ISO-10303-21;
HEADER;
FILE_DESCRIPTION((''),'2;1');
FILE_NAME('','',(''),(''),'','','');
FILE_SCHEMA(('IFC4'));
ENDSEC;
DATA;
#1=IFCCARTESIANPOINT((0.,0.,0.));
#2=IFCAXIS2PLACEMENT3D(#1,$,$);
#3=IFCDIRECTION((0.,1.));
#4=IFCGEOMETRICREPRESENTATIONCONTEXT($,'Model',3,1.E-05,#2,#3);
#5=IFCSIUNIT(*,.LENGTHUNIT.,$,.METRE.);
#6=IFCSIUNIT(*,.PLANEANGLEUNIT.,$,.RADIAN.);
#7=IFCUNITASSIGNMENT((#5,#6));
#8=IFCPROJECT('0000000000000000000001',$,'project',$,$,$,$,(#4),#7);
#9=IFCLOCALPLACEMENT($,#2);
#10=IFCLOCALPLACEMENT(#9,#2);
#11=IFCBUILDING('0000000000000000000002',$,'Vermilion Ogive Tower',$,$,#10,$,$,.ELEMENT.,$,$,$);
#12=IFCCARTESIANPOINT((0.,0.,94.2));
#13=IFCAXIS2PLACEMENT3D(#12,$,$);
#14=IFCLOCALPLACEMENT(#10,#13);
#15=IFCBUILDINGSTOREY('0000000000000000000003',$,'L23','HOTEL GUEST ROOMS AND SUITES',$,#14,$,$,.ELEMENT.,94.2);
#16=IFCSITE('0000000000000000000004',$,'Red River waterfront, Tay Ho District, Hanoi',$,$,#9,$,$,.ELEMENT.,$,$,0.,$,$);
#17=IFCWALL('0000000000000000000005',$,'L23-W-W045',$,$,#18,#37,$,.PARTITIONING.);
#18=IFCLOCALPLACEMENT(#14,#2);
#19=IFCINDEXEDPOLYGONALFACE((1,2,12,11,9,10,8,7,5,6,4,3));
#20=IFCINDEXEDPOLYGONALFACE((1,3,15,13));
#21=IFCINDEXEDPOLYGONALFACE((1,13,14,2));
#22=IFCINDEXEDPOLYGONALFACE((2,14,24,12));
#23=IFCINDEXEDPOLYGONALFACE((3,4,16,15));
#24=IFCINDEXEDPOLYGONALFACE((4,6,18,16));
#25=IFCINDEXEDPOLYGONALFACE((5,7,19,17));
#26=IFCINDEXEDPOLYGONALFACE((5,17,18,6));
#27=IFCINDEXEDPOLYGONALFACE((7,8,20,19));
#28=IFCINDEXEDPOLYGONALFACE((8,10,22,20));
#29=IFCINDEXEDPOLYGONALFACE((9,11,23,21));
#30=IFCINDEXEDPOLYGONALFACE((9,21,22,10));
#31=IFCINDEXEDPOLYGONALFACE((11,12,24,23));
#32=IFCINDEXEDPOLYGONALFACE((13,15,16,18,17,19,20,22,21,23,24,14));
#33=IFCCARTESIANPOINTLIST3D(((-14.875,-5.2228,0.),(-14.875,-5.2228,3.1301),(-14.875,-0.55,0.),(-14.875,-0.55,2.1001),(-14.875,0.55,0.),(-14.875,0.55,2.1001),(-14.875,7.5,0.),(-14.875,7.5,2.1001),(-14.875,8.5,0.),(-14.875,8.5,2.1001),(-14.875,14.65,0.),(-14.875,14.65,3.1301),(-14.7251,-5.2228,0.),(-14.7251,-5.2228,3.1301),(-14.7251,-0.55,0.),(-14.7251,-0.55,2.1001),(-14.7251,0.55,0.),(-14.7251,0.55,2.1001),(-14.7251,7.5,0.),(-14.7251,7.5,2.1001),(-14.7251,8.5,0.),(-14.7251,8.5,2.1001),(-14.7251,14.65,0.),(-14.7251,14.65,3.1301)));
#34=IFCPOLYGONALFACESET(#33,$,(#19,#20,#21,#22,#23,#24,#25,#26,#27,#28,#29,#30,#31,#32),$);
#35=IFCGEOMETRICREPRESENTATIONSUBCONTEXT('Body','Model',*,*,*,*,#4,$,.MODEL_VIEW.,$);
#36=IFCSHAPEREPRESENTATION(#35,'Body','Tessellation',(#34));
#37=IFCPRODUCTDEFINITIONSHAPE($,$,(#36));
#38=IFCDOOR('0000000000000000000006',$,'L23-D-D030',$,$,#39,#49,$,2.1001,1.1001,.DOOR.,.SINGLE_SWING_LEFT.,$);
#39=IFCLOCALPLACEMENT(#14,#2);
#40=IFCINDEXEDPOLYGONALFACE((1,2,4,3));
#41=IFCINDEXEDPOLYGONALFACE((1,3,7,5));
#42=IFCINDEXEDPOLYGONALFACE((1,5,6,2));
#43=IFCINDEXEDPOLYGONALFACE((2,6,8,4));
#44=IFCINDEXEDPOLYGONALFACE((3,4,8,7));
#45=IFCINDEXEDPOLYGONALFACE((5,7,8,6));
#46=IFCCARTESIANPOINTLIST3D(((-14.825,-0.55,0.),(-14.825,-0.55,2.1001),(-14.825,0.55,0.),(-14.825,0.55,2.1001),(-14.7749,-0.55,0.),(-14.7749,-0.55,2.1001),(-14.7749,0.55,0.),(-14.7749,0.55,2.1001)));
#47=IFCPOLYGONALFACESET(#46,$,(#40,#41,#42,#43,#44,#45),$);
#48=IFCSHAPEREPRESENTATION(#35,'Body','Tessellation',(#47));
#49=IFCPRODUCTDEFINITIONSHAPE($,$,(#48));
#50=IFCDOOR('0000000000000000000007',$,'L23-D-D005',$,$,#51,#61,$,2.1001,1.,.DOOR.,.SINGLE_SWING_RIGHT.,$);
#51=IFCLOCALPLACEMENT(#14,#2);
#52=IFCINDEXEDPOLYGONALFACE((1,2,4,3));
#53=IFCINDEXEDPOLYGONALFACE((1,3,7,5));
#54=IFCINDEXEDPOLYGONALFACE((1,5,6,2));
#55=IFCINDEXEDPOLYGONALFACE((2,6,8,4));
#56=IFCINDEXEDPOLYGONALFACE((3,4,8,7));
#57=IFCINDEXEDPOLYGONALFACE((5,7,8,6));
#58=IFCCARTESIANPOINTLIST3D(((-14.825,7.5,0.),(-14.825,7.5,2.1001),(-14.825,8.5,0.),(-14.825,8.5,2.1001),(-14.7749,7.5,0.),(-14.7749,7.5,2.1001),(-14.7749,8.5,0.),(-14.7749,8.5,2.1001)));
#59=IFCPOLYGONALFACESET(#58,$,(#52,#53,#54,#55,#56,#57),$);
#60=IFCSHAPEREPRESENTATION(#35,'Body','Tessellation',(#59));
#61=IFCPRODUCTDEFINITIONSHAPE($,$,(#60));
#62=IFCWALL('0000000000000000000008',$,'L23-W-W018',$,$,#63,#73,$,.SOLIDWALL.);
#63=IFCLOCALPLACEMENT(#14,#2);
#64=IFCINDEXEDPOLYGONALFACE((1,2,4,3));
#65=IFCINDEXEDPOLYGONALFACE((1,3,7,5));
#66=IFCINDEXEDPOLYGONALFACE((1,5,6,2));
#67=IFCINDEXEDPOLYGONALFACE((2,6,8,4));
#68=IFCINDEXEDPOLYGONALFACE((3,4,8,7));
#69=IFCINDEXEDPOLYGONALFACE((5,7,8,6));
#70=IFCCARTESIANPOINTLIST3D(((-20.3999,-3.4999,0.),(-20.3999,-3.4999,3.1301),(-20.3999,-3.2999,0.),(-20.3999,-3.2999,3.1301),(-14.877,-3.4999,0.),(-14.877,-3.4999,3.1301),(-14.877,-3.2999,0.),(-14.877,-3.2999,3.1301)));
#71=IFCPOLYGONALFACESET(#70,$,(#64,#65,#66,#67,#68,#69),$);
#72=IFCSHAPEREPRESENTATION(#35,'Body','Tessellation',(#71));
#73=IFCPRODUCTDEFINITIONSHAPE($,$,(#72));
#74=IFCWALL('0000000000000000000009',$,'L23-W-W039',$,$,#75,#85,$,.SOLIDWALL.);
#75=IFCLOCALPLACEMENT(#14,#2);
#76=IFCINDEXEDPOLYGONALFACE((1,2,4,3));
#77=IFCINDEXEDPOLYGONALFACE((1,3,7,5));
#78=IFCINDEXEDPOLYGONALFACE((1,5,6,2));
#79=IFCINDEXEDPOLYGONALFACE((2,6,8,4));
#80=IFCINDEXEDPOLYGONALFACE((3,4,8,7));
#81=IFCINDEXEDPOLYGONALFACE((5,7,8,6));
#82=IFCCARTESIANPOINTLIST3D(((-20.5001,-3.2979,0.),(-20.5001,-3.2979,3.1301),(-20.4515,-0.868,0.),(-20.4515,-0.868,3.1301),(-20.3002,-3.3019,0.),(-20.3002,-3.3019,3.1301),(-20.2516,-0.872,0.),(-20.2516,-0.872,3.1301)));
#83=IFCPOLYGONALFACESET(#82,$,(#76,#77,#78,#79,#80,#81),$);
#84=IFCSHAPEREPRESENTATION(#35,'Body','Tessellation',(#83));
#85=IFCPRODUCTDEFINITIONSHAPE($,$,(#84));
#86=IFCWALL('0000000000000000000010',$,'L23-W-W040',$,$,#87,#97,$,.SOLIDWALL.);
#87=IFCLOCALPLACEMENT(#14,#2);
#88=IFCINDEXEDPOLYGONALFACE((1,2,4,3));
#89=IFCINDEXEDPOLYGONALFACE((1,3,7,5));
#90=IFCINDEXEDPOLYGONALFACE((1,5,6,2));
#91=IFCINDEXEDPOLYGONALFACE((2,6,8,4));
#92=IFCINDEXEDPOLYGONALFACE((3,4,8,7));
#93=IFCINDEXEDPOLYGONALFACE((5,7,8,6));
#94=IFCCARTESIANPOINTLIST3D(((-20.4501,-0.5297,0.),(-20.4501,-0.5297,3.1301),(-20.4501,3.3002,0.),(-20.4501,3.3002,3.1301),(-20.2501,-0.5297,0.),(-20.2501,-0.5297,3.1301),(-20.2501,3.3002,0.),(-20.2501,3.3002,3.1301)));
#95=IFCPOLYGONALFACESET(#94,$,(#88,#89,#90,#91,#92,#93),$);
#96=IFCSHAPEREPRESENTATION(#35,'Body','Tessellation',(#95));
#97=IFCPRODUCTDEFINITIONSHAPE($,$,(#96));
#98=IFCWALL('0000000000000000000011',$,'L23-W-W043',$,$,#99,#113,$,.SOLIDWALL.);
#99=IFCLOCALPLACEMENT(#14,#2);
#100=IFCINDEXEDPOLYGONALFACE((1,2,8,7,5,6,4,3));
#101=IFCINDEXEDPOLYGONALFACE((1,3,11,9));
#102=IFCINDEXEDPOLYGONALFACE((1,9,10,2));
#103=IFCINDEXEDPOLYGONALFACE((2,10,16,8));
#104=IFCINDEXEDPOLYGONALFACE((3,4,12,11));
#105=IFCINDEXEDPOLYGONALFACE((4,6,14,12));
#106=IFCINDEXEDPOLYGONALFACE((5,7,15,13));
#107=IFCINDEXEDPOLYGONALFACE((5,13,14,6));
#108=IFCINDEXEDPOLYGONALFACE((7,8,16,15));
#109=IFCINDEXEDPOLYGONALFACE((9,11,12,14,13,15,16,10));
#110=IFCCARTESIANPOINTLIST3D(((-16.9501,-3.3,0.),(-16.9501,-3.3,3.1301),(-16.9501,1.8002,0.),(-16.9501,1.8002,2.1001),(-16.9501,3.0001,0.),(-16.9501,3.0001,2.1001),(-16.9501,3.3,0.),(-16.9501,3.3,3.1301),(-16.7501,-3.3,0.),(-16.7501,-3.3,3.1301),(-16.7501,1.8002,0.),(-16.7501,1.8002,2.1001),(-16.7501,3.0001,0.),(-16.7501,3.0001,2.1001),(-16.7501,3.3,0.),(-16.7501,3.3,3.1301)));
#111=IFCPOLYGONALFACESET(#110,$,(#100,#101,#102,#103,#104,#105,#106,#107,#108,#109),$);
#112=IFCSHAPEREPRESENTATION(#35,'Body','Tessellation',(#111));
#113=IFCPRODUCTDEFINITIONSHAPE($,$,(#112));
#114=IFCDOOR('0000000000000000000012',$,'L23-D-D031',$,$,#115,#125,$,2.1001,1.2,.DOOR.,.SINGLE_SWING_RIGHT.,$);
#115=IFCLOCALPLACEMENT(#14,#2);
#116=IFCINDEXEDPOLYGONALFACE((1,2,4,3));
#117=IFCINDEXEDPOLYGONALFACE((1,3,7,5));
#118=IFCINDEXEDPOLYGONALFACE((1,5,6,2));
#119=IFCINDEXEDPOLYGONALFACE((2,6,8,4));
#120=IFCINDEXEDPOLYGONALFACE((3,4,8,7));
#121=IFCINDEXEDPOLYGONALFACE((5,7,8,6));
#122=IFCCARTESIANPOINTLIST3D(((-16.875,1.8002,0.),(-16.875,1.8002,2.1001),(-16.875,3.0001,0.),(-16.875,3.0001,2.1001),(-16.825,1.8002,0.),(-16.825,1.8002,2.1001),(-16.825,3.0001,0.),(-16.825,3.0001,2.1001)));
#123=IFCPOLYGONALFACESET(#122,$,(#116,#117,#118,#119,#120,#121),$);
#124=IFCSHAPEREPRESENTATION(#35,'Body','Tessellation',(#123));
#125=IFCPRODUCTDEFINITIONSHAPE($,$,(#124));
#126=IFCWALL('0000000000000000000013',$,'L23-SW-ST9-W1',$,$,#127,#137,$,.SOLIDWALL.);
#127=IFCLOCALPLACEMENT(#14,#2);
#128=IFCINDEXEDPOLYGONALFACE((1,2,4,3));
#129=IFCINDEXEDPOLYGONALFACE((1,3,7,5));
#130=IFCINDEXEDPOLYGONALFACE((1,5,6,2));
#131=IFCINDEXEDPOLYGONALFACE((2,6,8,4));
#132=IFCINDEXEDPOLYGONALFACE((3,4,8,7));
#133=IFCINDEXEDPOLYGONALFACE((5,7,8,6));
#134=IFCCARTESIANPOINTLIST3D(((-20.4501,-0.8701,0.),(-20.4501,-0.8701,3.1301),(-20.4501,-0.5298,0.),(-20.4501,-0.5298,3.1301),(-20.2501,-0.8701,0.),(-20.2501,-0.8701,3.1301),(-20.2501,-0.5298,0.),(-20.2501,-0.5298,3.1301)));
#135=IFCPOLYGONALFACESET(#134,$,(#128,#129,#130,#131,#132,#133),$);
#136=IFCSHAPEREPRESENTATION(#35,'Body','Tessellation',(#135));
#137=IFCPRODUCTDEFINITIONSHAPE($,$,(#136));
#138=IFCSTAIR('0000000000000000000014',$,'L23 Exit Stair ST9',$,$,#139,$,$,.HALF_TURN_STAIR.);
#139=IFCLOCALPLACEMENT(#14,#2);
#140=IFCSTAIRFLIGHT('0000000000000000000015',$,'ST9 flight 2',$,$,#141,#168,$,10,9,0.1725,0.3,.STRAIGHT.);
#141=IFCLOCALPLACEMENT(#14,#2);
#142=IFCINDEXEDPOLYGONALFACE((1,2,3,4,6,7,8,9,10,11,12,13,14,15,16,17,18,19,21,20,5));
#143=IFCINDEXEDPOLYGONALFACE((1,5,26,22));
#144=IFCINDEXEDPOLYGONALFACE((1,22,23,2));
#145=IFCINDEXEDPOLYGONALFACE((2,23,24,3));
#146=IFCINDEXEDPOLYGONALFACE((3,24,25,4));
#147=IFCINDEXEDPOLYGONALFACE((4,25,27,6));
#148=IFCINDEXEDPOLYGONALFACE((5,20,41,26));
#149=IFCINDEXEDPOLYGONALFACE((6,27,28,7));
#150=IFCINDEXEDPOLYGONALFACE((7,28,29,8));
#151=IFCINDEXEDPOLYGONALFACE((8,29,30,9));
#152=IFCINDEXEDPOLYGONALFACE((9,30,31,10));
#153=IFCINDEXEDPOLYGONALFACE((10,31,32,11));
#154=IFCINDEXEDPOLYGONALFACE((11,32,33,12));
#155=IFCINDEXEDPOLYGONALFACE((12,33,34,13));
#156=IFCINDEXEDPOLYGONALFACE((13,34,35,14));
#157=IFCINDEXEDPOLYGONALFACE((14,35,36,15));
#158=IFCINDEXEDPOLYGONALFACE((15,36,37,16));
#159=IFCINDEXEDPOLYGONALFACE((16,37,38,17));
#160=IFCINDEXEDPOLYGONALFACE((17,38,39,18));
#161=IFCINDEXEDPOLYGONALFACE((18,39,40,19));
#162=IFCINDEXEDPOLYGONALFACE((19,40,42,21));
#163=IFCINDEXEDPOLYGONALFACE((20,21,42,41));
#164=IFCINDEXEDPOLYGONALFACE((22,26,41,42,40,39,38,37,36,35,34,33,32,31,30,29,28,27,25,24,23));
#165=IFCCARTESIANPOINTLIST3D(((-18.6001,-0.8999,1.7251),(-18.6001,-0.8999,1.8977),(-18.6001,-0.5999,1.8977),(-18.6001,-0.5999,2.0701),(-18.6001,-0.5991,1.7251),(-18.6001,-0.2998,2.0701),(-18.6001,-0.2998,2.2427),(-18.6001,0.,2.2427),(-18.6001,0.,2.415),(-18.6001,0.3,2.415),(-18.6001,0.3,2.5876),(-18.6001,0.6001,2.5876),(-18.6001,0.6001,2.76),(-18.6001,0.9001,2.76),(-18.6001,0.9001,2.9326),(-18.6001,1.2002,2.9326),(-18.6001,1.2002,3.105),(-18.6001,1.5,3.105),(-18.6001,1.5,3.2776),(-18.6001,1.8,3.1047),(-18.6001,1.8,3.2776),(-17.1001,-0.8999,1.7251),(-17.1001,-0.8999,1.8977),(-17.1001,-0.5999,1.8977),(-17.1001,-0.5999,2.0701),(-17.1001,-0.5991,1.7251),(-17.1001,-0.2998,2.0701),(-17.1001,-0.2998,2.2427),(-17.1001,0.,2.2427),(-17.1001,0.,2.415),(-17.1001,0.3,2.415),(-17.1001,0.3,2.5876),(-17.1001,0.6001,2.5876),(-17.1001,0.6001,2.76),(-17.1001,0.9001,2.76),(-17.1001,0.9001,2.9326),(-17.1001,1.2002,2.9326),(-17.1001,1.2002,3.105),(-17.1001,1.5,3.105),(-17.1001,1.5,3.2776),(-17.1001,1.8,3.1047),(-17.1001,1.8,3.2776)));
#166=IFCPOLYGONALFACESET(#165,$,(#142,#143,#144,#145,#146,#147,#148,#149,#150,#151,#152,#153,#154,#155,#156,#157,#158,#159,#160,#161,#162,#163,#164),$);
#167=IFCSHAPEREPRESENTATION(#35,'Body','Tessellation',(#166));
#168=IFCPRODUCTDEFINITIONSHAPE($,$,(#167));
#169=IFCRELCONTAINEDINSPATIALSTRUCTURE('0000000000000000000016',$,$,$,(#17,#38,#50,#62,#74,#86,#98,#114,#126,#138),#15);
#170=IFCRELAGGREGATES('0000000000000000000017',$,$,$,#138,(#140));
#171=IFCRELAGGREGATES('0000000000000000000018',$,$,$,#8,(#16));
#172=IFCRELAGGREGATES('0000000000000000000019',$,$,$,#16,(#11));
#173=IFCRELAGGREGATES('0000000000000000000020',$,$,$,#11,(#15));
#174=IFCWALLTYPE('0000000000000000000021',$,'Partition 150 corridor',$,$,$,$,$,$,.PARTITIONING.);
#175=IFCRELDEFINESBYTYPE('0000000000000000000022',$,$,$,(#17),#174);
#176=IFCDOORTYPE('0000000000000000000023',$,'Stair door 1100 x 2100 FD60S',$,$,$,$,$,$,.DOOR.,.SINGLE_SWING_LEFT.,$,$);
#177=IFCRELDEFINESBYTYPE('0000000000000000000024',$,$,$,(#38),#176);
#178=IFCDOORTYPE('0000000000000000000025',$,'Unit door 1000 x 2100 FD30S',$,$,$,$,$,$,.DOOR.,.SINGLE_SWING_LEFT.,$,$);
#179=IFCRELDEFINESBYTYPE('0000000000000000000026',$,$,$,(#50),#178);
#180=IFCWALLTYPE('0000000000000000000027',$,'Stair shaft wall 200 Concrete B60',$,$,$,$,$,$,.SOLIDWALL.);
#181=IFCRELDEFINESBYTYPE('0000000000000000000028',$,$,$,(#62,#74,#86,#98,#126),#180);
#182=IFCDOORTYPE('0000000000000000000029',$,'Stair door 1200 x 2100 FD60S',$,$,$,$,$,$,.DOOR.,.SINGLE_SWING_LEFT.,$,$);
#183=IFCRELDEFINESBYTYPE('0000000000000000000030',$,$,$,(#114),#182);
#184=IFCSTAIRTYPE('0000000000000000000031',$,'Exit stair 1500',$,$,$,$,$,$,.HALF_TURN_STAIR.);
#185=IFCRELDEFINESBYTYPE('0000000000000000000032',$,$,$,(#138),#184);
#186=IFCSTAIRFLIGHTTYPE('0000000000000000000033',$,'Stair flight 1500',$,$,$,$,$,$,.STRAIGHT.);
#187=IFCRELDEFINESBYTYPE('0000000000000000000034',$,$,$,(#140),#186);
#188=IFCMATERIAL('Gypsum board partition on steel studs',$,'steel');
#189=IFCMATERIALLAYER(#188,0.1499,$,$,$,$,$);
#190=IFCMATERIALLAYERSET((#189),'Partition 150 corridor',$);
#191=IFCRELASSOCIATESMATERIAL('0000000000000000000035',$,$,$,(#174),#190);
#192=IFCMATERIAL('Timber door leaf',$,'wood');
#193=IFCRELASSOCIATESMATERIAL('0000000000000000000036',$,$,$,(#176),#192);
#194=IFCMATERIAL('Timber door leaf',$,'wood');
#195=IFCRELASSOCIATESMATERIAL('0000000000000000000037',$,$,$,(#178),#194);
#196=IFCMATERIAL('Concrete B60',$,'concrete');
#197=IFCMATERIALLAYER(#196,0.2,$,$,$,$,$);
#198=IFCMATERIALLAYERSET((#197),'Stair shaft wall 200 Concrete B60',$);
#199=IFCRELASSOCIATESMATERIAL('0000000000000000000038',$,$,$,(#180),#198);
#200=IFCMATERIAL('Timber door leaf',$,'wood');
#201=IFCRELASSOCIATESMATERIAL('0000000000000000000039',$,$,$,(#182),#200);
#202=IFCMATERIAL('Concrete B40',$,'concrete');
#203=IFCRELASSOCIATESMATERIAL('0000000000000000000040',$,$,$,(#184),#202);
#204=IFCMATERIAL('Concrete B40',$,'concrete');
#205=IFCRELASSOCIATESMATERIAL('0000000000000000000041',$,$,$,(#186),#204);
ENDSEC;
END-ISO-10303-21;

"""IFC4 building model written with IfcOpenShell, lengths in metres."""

from ifc_helpers import new_model, si_unit, direction, frame, frame_2d, origin, place, context, subcontext, project, spatial, polyline, rectangle, outline, extrude, material, layer, layer_set, type_object, element, fill, aggregate, save


model = new_model("IFC4")

# Units and contexts
model_context = context("Model", 3, precision=1e-05, world=origin(), true_north=direction((0.0, 1.0)))
body_context = subcontext(model_context, "Body", "Model", "MODEL_VIEW")
ifc_project = project(units=[si_unit("LENGTHUNIT", "METRE"), si_unit("PLANEANGLEUNIT", "RADIAN")], contexts=[model_context])

# Site, building, storey
site_placement = place(None, origin())
site = spatial("IfcSite", under=ifc_project, at=site_placement, Name="Red River waterfront, Tay Ho District, Hanoi", CompositionType="ELEMENT", RefElevation=0.0)
building_placement = place(site_placement, origin())
building = spatial("IfcBuilding", under=site, at=building_placement, Name="Vermilion Ogive Tower", CompositionType="ELEMENT")
storey_placement = place(building_placement, frame((0.0, 0.0, 94.2)))
storey = spatial("IfcBuildingStorey", under=building, at=storey_placement, Name="L23", Description="HOTEL GUEST ROOMS AND SUITES", CompositionType="ELEMENT", Elevation=94.2)

# Wall, openings, doors
ifc_material_1 = material(Name="Gypsum board partition on steel studs", Category="steel")
ifc_layer_1 = layer(ifc_material_1, 0.1499)
ifc_layer_set_1 = layer_set([ifc_layer_1], Name="Partition 150 corridor")
wall_type_1 = type_object("IfcWallType", Name="Partition 150 corridor", PredefinedType="PARTITIONING", material=ifc_layer_set_1)
wall_1_placement = place(storey_placement, frame((-14.8, -5.2229, 0.0), z_axis=(0.0, 0.0, 1.0), x_axis=(0.0, 1.0, 0.0)))
wall_1 = element("IfcWall", 1, at=wall_1_placement, inside=storey, type_object=wall_type_1, Name="L23-W-W045", PredefinedType="PARTITIONING", context=body_context, shape_type="SweptSolid", body=[
    extrude(rectangle(XDim=19.8728, YDim=0.1499, at=frame_2d((9.9365, 0.0))), origin(), (0.0, 0.0, 1.0), 3.1301),
])
opening_1_placement = place(wall_1_placement, frame((12.7229, 0.0, 0.0)))
opening_1 = element("IfcOpeningElement", 2, at=opening_1_placement, cuts=wall_1, PredefinedType="OPENING", context=body_context, shape_type="SweptSolid", body=[
    extrude(rectangle(XDim=1.0, YDim=2.1001, at=frame_2d((0.5, 1.05))), frame((0.0, 0.085, 0.0), z_axis=(0.0, -1.0, 0.0), x_axis=(1.0, 0.0, 0.0)), (0.0, 0.0, 1.0), 0.1699),
])
opening_2_placement = place(wall_1_placement, frame((4.6729, 0.0, 0.0)))
opening_2 = element("IfcOpeningElement", 3, at=opening_2_placement, cuts=wall_1, PredefinedType="OPENING", context=body_context, shape_type="SweptSolid", body=[
    extrude(rectangle(XDim=1.1001, YDim=2.1001, at=frame_2d((0.55, 1.05))), frame((0.0, 0.085, 0.0), z_axis=(0.0, -1.0, 0.0), x_axis=(1.0, 0.0, 0.0)), (0.0, 0.0, 1.0), 0.1699),
])
ifc_material_2 = material(Name="Timber door leaf", Category="wood")
door_type_1 = type_object("IfcDoorType", Name="Stair door 1100 x 2100 FD60S", OperationType="SINGLE_SWING_LEFT", PredefinedType="DOOR", material=ifc_material_2)
door_1_placement = place(opening_2_placement, origin())
door_1 = element("IfcDoor", 4, at=door_1_placement, inside=storey, type_object=door_type_1, Name="L23-D-D030", OperationType="SINGLE_SWING_LEFT", OverallHeight=2.1001, OverallWidth=1.1001, PredefinedType="DOOR", context=body_context, shape_type="SweptSolid", body=[
    extrude(rectangle(XDim=1.1001, YDim=2.1001, at=frame_2d((0.55, 1.05))), frame((0.0, 0.0249, 0.0), z_axis=(0.0, -1.0, 0.0), x_axis=(1.0, 0.0, 0.0)), (0.0, 0.0, 1.0), 0.05),
])
fill(opening_2, door_1)
ifc_material_3 = material(Name="Timber door leaf", Category="wood")
door_type_2 = type_object("IfcDoorType", Name="Unit door 1000 x 2100 FD30S", OperationType="SINGLE_SWING_LEFT", PredefinedType="DOOR", material=ifc_material_3)
door_2_placement = place(opening_1_placement, origin())
door_2 = element("IfcDoor", 5, at=door_2_placement, inside=storey, type_object=door_type_2, Name="L23-D-D005", OperationType="SINGLE_SWING_RIGHT", OverallHeight=2.1001, OverallWidth=1.0, PredefinedType="DOOR", context=body_context, shape_type="SweptSolid", body=[
    extrude(rectangle(XDim=1.0, YDim=2.1001, at=frame_2d((0.5, 1.05))), frame((0.0, 0.0249, 0.0), z_axis=(0.0, -1.0, 0.0), x_axis=(1.0, 0.0, 0.0)), (0.0, 0.0, 1.0), 0.05),
])
fill(opening_1, door_2)

# Walls
ifc_material_4 = material(Name="Concrete B60", Category="concrete")
ifc_layer_2 = layer(ifc_material_4, 0.2)
ifc_layer_set_2 = layer_set([ifc_layer_2], Name="Stair shaft wall 200 Concrete B60")
wall_type_2 = type_object("IfcWallType", Name="Stair shaft wall 200 Concrete B60", PredefinedType="SOLIDWALL", material=ifc_layer_set_2)
wall_2_placement = place(storey_placement, frame((-20.3999, -3.3999, 0.0), z_axis=(0.0, 0.0, 1.0), x_axis=(1.0, 0.0, 0.0)))
element("IfcWall", 6, at=wall_2_placement, inside=storey, type_object=wall_type_2, Name="L23-W-W018", PredefinedType="SOLIDWALL", context=body_context, shape_type="SweptSolid", body=[
    extrude(rectangle(XDim=5.5229, YDim=0.2, at=frame_2d((2.7615, 0.0))), origin(), (0.0, 0.0, 1.0), 3.1301),
])
wall_3_placement = place(storey_placement, frame((-20.4001, -3.3, 0.0), z_axis=(0.0, 0.0, 1.0), x_axis=(0.01999, 0.9998, 0.0)))
element("IfcWall", 7, at=wall_3_placement, inside=storey, type_object=wall_type_2, Name="L23-W-W039", PredefinedType="SOLIDWALL", context=body_context, shape_type="SweptSolid", body=[
    extrude(rectangle(XDim=2.4304, YDim=0.2, at=frame_2d((1.2153, 0.0))), origin(), (0.0, 0.0, 1.0), 3.1301),
])
wall_4_placement = place(storey_placement, frame((-20.3501, -0.5298, 0.0), z_axis=(0.0, 0.0, 1.0), x_axis=(0.0, 1.0, 0.0)))
element("IfcWall", 8, at=wall_4_placement, inside=storey, type_object=wall_type_2, Name="L23-W-W040", PredefinedType="SOLIDWALL", context=body_context, shape_type="SweptSolid", body=[
    extrude(rectangle(XDim=3.8298, YDim=0.2, at=frame_2d((1.915, 0.0))), origin(), (0.0, 0.0, 1.0), 3.1301),
])

# Wall, opening, door
wall_5_placement = place(storey_placement, frame((-16.8501, -3.3, 0.0), z_axis=(0.0, 0.0, 1.0), x_axis=(0.0, 1.0, 0.0)))
wall_5 = element("IfcWall", 9, at=wall_5_placement, inside=storey, type_object=wall_type_2, Name="L23-W-W043", PredefinedType="SOLIDWALL", context=body_context, shape_type="SweptSolid", body=[
    extrude(rectangle(XDim=6.6001, YDim=0.2, at=frame_2d((3.3, 0.0))), origin(), (0.0, 0.0, 1.0), 3.1301),
])
opening_3_placement = place(wall_5_placement, frame((5.1001, 0.0, 0.0)))
opening_3 = element("IfcOpeningElement", 10, at=opening_3_placement, cuts=wall_5, PredefinedType="OPENING", context=body_context, shape_type="SweptSolid", body=[
    extrude(rectangle(XDim=1.2, YDim=2.1001, at=frame_2d((0.6001, 1.05))), frame((0.0, 0.1099, 0.0), z_axis=(0.0, -1.0, 0.0), x_axis=(1.0, 0.0, 0.0)), (0.0, 0.0, 1.0), 0.22),
])
ifc_material_5 = material(Name="Timber door leaf", Category="wood")
door_type_3 = type_object("IfcDoorType", Name="Stair door 1200 x 2100 FD60S", OperationType="SINGLE_SWING_LEFT", PredefinedType="DOOR", material=ifc_material_5)
door_3_placement = place(opening_3_placement, origin())
door_3 = element("IfcDoor", 11, at=door_3_placement, inside=storey, type_object=door_type_3, Name="L23-D-D031", OperationType="SINGLE_SWING_RIGHT", OverallHeight=2.1001, OverallWidth=1.2, PredefinedType="DOOR", context=body_context, shape_type="SweptSolid", body=[
    extrude(rectangle(XDim=1.2, YDim=2.1001, at=frame_2d((0.6001, 1.05))), frame((0.0, 0.0249, 0.0), z_axis=(0.0, -1.0, 0.0), x_axis=(1.0, 0.0, 0.0)), (0.0, 0.0, 1.0), 0.05),
])
fill(opening_3, door_3)

# Wall
wall_6_placement = place(storey_placement, frame((-20.3501, -0.8701, 0.0), z_axis=(0.0, 0.0, 1.0), x_axis=(0.0, 1.0, 0.0)))
element("IfcWall", 12, at=wall_6_placement, inside=storey, type_object=wall_type_2, Name="L23-SW-ST9-W1", PredefinedType="SOLIDWALL", context=body_context, shape_type="SweptSolid", body=[
    extrude(rectangle(XDim=0.3403, YDim=0.2, at=frame_2d((0.1702, 0.0))), origin(), (0.0, 0.0, 1.0), 3.1301),
])

# Stair, stair flight
ifc_material_6 = material(Name="Concrete B40", Category="concrete")
stair_type = type_object("IfcStairType", Name="Exit stair 1500", PredefinedType="HALF_TURN_STAIR", material=ifc_material_6)
stair_placement = place(storey_placement, origin())
stair = element("IfcStair", 13, at=stair_placement, inside=storey, type_object=stair_type, Name="L23 Exit Stair ST9", PredefinedType="HALF_TURN_STAIR")
ifc_material_7 = material(Name="Concrete B40", Category="concrete")
stair_flight_type = type_object("IfcStairFlightType", Name="Stair flight 1500", PredefinedType="STRAIGHT", material=ifc_material_7)
stair_flight_placement = place(storey_placement, frame((-17.8501, -0.8999, 1.7251), z_axis=(0.0, 0.0, 1.0), x_axis=(0.0, 1.0, 0.0)))
stair_flight = element("IfcStairFlight", 14, at=stair_flight_placement, type_object=stair_flight_type, Name="ST9 flight 2", NumberOfRisers=10, NumberOfTreads=9, PredefinedType="STRAIGHT", RiserHeight=0.1725, TreadLength=0.3, context=body_context, shape_type="SweptSolid", body=[
    extrude(outline(polyline([(0.0, 0.0), (0.0, 0.1726), (0.3, 0.1726), (0.3, 0.345), (0.6001, 0.345), (0.6001, 0.5176), (0.8999, 0.5176), (0.8999, 0.6899), (1.2, 0.6899), (1.2, 0.8625), (1.5, 0.8625), (1.5, 1.0349), (1.8, 1.0349), (1.8, 1.2075), (2.1001, 1.2075), (2.1001, 1.3799), (2.3999, 1.3799), (2.3999, 1.5525), (2.7, 1.5525), (2.7, 1.7251), (2.7, 1.3796), (0.3008, 0.0), (0.0, 0.0)])), frame((0.0, 0.75, 0.0), z_axis=(0.0, -1.0, 0.0), x_axis=(1.0, 0.0, 0.0)), (0.0, 0.0, 1.0), 1.5),
])
aggregate(stair, [stair_flight])

save(model, "model.ifc")
